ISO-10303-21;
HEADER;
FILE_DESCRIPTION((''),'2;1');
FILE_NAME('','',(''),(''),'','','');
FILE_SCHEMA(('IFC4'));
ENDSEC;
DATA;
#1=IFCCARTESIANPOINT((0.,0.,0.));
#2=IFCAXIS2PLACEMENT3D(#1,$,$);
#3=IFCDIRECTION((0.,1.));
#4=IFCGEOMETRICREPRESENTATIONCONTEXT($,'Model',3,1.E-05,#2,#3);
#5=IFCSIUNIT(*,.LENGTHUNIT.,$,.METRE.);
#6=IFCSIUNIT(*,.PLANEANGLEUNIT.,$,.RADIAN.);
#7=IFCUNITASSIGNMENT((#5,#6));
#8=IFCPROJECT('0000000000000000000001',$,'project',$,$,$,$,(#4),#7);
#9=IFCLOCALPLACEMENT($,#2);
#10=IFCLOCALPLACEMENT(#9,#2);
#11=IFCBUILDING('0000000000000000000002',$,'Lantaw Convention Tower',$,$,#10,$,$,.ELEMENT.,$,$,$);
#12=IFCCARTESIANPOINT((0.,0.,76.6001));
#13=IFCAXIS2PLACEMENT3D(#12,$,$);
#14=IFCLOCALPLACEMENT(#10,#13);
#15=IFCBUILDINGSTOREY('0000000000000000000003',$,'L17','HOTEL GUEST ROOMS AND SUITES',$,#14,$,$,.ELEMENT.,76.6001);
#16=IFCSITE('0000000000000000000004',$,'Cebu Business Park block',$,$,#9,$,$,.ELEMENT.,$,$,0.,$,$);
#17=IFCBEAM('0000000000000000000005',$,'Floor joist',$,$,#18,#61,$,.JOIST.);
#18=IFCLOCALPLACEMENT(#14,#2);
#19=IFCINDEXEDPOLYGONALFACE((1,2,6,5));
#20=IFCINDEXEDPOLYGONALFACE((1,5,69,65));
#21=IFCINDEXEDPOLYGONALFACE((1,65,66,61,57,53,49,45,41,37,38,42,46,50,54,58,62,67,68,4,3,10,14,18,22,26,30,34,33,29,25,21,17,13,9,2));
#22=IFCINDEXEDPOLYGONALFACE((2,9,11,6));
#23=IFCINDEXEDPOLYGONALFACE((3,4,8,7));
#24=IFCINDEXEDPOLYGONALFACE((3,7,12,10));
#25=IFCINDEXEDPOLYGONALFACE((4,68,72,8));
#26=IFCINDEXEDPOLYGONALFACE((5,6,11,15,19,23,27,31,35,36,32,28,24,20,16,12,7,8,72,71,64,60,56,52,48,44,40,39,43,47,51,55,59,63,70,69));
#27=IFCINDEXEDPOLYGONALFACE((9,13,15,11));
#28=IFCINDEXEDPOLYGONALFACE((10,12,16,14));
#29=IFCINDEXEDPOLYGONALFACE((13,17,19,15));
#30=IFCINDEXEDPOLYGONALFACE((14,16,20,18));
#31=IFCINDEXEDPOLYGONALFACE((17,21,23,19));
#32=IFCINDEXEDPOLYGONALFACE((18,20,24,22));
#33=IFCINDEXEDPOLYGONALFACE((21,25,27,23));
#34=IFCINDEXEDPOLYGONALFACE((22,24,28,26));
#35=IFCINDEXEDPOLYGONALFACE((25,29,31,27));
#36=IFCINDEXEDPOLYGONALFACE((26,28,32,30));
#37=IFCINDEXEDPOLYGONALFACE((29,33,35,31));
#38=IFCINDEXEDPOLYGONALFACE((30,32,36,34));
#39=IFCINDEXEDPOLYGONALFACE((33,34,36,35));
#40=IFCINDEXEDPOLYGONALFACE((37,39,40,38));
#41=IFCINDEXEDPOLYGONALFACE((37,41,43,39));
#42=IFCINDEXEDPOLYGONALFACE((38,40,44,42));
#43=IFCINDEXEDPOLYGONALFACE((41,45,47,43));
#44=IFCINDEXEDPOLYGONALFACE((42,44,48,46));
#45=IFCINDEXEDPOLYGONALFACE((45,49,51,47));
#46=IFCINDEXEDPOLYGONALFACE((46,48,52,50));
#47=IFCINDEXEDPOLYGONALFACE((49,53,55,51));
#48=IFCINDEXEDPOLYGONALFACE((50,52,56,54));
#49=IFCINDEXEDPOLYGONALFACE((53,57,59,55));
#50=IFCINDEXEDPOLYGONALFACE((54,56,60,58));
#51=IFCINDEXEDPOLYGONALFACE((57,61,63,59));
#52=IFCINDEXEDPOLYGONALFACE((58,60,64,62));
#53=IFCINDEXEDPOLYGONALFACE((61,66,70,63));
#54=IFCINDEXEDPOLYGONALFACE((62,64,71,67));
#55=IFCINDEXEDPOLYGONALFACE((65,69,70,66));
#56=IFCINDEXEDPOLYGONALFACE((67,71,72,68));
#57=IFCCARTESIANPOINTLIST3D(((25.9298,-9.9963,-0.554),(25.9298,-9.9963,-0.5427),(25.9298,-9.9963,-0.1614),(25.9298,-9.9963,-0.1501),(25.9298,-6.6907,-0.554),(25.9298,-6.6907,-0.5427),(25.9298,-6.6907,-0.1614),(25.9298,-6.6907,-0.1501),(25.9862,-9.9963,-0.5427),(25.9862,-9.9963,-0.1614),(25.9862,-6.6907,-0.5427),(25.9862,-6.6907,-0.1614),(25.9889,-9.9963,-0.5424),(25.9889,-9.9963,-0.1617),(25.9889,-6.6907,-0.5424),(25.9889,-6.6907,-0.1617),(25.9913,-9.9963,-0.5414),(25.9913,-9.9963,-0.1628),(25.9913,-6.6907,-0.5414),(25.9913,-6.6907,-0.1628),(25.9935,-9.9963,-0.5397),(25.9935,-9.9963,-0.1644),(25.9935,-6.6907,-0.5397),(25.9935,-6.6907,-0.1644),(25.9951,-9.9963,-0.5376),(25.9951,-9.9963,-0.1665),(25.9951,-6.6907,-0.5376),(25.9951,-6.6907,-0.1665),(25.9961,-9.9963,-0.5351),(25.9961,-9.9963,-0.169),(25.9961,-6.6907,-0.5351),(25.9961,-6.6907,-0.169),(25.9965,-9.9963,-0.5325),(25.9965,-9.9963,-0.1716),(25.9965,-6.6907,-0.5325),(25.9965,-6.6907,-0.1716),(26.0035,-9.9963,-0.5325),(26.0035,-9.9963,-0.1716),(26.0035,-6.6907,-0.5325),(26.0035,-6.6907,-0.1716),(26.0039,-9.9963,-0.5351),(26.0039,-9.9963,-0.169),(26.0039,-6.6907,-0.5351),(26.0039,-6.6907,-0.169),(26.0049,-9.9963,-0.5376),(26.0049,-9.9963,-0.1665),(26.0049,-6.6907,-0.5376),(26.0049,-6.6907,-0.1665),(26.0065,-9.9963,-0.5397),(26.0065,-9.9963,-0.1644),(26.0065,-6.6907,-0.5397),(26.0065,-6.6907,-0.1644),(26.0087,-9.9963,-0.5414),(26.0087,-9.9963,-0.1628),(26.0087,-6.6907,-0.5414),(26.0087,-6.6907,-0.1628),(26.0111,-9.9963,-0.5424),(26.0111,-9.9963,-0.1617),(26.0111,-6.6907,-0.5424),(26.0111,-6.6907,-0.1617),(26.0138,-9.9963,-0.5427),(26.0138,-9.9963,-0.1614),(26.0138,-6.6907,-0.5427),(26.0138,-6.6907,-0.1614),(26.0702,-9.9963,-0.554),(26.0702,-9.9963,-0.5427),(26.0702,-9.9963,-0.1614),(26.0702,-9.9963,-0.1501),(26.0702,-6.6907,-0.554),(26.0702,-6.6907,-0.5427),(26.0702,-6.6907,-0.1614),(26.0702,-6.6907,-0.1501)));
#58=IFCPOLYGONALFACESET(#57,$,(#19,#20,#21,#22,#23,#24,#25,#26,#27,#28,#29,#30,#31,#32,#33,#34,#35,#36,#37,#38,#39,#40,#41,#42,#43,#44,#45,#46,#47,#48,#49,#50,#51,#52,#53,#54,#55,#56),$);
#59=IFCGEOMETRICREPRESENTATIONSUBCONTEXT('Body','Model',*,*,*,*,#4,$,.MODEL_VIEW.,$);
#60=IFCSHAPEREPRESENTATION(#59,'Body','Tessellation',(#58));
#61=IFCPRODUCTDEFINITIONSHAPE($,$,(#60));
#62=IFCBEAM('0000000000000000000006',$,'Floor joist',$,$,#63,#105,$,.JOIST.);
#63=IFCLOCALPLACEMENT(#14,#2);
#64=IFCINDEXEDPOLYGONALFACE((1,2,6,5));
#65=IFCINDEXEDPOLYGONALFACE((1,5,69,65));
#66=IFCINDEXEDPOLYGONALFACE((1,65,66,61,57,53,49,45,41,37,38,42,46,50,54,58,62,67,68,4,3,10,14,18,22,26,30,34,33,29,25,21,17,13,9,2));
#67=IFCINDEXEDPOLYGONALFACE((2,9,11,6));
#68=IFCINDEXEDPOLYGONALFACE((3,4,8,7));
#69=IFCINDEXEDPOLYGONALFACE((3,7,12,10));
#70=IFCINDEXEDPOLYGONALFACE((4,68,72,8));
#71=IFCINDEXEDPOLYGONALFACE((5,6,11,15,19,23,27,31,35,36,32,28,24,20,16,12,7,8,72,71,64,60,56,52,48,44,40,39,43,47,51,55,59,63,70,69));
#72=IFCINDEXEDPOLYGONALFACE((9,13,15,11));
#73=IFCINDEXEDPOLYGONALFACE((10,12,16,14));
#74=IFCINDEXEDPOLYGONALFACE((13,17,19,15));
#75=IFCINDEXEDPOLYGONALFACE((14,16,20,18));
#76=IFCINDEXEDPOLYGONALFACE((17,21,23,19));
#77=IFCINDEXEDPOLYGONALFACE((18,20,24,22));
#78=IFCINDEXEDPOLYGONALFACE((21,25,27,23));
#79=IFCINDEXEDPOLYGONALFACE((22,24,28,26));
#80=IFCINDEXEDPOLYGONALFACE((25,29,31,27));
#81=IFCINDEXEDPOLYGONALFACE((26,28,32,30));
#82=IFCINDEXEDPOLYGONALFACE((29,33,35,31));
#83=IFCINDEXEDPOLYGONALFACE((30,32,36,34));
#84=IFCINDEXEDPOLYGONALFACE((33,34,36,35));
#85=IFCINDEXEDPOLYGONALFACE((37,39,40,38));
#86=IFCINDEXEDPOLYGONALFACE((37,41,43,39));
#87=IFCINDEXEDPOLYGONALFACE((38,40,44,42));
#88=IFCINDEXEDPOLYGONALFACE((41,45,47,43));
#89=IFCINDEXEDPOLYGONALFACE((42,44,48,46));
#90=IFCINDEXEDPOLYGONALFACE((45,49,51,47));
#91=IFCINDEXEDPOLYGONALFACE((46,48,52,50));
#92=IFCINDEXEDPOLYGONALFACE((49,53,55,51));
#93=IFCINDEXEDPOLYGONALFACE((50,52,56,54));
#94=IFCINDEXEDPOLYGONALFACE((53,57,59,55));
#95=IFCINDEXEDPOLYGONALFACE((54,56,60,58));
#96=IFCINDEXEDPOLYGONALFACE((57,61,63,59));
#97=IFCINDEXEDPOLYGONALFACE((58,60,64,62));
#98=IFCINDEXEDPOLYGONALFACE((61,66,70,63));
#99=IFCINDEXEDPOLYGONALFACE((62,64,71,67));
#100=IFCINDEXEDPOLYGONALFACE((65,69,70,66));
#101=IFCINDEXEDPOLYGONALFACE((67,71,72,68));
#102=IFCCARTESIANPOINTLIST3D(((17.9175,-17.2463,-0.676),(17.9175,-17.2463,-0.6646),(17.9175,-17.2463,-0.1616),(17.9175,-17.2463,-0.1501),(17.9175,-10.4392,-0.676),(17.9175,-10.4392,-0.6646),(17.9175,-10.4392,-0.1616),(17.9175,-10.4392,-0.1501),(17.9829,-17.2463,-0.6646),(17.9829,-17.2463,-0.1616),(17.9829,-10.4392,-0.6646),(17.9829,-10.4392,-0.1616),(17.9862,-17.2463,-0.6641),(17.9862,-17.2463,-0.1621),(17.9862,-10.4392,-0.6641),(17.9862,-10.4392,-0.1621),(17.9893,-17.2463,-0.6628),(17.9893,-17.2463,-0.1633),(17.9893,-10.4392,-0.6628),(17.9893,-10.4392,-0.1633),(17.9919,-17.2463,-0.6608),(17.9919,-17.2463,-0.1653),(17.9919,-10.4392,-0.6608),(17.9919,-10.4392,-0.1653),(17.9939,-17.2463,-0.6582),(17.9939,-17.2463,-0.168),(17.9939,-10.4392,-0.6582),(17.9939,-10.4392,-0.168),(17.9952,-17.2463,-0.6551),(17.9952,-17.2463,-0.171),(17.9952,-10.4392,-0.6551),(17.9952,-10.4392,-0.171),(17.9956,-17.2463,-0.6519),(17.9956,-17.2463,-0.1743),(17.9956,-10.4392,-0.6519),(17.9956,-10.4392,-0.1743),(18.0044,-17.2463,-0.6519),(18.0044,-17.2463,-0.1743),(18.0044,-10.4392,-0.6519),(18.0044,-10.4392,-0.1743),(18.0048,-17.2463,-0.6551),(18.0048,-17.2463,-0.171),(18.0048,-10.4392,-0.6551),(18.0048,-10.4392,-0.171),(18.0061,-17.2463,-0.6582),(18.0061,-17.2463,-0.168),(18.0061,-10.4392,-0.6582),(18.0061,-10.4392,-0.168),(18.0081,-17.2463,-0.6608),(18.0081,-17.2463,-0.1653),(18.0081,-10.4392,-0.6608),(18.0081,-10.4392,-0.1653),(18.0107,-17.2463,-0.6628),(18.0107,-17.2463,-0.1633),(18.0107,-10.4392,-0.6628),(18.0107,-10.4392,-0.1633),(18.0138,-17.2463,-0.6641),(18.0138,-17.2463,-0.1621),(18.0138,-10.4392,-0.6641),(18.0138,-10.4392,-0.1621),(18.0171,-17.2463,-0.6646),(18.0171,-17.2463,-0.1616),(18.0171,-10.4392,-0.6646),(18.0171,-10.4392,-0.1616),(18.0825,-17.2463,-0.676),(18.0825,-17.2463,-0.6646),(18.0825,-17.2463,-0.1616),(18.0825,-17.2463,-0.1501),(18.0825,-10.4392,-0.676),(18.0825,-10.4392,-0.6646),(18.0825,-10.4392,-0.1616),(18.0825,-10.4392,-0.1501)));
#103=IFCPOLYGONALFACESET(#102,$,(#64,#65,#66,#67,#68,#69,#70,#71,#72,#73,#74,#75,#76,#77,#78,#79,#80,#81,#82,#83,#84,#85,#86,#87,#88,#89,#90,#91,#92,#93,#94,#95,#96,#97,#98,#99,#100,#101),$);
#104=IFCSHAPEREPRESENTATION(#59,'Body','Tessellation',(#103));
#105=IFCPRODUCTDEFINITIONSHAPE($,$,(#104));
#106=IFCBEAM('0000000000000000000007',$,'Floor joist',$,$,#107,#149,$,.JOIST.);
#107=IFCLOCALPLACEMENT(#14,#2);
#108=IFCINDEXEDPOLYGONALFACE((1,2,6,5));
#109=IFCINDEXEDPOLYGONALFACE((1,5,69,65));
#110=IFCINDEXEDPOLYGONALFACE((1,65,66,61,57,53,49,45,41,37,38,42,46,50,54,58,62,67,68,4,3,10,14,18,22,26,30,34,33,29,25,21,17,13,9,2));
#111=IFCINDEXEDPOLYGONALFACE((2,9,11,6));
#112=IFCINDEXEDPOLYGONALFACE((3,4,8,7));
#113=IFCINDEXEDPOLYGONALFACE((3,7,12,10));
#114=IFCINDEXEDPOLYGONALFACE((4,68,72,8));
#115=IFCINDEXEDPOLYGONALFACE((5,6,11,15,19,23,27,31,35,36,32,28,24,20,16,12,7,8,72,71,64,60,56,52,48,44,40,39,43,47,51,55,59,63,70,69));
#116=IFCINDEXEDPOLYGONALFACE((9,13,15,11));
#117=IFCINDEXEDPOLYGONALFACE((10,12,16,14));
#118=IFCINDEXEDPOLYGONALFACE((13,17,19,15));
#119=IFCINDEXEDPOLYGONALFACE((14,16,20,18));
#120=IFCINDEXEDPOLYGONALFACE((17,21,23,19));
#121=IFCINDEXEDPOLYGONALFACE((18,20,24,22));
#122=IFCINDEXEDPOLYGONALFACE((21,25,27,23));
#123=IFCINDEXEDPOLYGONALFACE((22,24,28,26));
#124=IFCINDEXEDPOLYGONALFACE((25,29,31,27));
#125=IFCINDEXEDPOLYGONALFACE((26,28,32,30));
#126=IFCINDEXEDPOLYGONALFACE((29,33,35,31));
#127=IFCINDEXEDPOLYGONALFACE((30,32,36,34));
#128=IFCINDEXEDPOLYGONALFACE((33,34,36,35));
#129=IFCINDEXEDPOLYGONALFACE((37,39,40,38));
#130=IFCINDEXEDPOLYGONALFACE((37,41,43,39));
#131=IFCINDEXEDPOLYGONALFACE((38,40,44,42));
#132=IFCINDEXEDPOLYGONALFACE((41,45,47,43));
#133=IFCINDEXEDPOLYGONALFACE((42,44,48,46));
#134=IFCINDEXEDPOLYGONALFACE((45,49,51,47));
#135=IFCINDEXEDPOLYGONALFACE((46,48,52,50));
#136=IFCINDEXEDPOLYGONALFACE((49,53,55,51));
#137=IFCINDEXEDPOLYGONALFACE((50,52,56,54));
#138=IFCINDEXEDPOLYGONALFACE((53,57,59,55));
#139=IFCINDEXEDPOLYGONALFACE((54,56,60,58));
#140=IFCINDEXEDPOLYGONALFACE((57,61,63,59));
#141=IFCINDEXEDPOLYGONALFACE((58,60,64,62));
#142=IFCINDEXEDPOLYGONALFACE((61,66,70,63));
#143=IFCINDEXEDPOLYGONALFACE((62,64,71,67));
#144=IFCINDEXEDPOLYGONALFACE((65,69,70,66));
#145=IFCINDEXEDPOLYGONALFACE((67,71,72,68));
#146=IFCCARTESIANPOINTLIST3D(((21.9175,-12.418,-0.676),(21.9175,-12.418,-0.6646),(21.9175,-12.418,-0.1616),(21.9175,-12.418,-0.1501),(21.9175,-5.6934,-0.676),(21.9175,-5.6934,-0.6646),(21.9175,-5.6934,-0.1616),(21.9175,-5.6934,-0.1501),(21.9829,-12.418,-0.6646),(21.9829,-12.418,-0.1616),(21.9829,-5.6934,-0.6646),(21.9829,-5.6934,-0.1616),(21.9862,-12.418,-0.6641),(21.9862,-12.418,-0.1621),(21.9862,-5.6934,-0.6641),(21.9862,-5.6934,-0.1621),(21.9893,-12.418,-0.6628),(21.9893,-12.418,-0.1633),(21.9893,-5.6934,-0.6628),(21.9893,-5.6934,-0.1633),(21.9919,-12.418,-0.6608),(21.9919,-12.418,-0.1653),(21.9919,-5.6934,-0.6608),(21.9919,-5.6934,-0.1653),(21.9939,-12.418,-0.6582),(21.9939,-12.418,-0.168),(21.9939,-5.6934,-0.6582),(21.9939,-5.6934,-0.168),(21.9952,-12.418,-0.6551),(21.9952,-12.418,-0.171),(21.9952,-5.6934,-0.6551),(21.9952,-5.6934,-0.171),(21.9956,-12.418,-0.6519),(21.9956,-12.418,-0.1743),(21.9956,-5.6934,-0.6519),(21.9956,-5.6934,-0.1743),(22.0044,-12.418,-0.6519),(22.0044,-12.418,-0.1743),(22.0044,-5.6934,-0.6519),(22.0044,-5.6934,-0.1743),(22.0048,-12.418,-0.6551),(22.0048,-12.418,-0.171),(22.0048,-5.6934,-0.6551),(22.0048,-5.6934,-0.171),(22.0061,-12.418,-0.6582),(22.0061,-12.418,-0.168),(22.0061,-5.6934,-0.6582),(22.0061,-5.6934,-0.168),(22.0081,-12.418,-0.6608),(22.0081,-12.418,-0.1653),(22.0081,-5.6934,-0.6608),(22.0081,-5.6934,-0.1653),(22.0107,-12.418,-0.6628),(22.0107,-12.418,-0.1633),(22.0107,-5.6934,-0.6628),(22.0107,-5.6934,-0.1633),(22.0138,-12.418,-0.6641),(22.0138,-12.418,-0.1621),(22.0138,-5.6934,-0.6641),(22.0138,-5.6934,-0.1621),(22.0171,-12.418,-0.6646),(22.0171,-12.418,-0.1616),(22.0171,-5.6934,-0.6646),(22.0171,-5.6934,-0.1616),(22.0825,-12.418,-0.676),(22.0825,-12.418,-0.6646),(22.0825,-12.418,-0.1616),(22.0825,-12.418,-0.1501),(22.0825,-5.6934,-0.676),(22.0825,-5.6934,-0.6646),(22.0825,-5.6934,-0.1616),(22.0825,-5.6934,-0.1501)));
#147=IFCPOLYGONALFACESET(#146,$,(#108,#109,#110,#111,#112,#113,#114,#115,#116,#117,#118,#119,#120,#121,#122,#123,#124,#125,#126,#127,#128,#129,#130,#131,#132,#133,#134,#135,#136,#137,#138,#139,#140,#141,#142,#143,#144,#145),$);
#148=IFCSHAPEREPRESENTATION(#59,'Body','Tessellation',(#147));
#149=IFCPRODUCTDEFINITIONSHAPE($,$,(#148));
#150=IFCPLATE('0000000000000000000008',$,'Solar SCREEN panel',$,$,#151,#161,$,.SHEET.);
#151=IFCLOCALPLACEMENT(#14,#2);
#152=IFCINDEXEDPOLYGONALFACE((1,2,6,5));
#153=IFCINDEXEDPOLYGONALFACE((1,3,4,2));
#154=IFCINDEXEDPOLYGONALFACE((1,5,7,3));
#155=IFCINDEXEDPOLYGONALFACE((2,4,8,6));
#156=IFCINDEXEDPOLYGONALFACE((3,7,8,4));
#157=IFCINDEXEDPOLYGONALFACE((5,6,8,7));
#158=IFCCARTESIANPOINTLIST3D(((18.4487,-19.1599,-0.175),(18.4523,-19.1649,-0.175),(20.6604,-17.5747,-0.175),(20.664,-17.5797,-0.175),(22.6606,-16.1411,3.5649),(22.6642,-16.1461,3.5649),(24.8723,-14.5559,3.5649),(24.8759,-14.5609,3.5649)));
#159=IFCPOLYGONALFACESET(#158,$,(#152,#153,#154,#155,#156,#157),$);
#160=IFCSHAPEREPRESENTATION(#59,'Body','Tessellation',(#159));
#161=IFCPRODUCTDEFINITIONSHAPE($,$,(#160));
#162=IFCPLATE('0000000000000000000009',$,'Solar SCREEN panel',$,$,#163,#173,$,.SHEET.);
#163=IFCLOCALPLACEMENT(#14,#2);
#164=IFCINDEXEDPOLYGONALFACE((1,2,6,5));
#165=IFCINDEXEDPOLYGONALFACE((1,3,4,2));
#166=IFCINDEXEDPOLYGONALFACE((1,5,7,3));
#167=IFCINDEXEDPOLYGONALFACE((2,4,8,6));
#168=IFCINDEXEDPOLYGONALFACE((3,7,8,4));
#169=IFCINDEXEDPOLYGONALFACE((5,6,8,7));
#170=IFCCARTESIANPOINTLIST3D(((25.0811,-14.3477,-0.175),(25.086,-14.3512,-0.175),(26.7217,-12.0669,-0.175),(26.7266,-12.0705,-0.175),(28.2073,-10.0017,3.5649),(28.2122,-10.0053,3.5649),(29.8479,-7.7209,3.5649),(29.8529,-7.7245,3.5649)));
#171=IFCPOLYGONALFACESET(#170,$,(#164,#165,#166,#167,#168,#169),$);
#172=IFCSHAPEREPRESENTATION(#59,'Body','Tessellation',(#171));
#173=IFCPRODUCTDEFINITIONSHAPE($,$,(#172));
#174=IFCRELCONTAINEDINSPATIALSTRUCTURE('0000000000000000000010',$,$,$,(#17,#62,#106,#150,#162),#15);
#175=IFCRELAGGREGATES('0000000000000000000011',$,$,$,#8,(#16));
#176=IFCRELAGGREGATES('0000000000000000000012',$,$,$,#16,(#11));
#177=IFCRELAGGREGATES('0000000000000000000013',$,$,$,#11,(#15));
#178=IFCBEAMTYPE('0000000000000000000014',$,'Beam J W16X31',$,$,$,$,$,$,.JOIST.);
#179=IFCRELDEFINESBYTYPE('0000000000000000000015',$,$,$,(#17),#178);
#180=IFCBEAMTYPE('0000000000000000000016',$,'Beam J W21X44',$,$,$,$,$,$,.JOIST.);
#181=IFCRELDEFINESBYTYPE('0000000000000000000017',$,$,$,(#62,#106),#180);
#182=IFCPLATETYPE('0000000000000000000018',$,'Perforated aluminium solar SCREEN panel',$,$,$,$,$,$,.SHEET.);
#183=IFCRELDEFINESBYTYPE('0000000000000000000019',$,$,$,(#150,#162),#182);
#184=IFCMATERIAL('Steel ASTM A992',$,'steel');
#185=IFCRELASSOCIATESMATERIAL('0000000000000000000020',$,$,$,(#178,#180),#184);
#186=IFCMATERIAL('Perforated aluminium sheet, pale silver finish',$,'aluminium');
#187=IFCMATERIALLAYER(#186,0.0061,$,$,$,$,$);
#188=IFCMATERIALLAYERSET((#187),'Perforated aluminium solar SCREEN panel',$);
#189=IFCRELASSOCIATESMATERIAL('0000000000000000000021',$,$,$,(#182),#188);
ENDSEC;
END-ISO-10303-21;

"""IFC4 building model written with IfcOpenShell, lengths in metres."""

from ifc_helpers import new_model, si_unit, direction, frame, origin, origin_2d, place, context, subcontext, project, spatial, polyline, i_section, outline, extrude, material, layer, layer_set, material_profile, profile_set, type_object, element, save


model = new_model("IFC4")

# Units and contexts
model_context = context("Model", 3, precision=1e-05, world=origin(), true_north=direction((0.0, 1.0)))
body_context = subcontext(model_context, "Body", "Model", "MODEL_VIEW")
ifc_project = project(units=[si_unit("LENGTHUNIT", "METRE"), si_unit("PLANEANGLEUNIT", "RADIAN")], contexts=[model_context])

# Site, building, storey
site_placement = place(None, origin())
site = spatial("IfcSite", under=ifc_project, at=site_placement, Name="Cebu Business Park block", CompositionType="ELEMENT", RefElevation=0.0)
building_placement = place(site_placement, origin())
building = spatial("IfcBuilding", under=site, at=building_placement, Name="Lantaw Convention Tower", CompositionType="ELEMENT")
storey_placement = place(building_placement, frame((0.0, 0.0, 76.6001)))
storey = spatial("IfcBuildingStorey", under=building, at=storey_placement, Name="L17", Description="HOTEL GUEST ROOMS AND SUITES", CompositionType="ELEMENT", Elevation=76.6001)

# Beams
ifc_material_1 = material(Name="Steel ASTM A992", Category="steel")
ifc_material_profile_1 = material_profile(ifc_material_1, i_section(OverallWidth=0.1404, OverallDepth=0.4038, WebThickness=0.0071, FlangeThickness=0.0112, FilletRadius=0.0103, at=origin_2d()), Name="W16X31")
ifc_profile_set_1 = profile_set([ifc_material_profile_1], Name="Steel ASTM A992")
beam_type_1 = type_object("IfcBeamType", Name="Beam J W16X31", PredefinedType="JOIST", material=ifc_profile_set_1)
beam_1_placement = place(storey_placement, frame((26.0, -9.9963, -0.3521), z_axis=(0.0, 1.0, 0.0), x_axis=(-1.0, 0.0, 0.0)))
element("IfcBeam", 1, at=beam_1_placement, inside=storey, type_object=beam_type_1, Name="Floor joist", PredefinedType="JOIST", context=body_context, shape_type="SweptSolid", body=[
    extrude(i_section(OverallWidth=0.1404, OverallDepth=0.4038, WebThickness=0.0071, FlangeThickness=0.0112, FilletRadius=0.0103, at=origin_2d()), origin(), (0.0, 0.0, 1.0), 3.3057),
])
ifc_material_profile_2 = material_profile(ifc_material_1, i_section(OverallWidth=0.165, OverallDepth=0.5259, WebThickness=0.0088, FlangeThickness=0.0115, FilletRadius=0.0127, at=origin_2d()), Name="W21X44")
ifc_profile_set_2 = profile_set([ifc_material_profile_2], Name="Steel ASTM A992")
beam_type_2 = type_object("IfcBeamType", Name="Beam J W21X44", PredefinedType="JOIST", material=ifc_profile_set_2)
beam_2_placement = place(storey_placement, frame((18.0, -17.2463, -0.4131), z_axis=(0.0, 1.0, 0.0), x_axis=(-1.0, 0.0, 0.0)))
element("IfcBeam", 2, at=beam_2_placement, inside=storey, type_object=beam_type_2, Name="Floor joist", PredefinedType="JOIST", context=body_context, shape_type="SweptSolid", body=[
    extrude(i_section(OverallWidth=0.165, OverallDepth=0.5259, WebThickness=0.0088, FlangeThickness=0.0115, FilletRadius=0.0127, at=origin_2d()), origin(), (0.0, 0.0, 1.0), 6.8071),
])
beam_3_placement = place(storey_placement, frame((22.0, -12.418, -0.4131), z_axis=(0.0, 1.0, 0.0), x_axis=(-1.0, 0.0, 0.0)))
element("IfcBeam", 3, at=beam_3_placement, inside=storey, type_object=beam_type_2, Name="Floor joist", PredefinedType="JOIST", context=body_context, shape_type="SweptSolid", body=[
    extrude(i_section(OverallWidth=0.165, OverallDepth=0.5259, WebThickness=0.0088, FlangeThickness=0.0115, FilletRadius=0.0127, at=origin_2d()), origin(), (0.0, 0.0, 1.0), 6.7246),
])

# Plates
ifc_material_2 = material(Name="Perforated aluminium sheet, pale silver finish", Category="aluminium")
ifc_layer_1 = layer(ifc_material_2, 0.0061)
ifc_layer_set_1 = layer_set([ifc_layer_1], Name="Perforated aluminium solar SCREEN panel")
plate_type = type_object("IfcPlateType", Name="Perforated aluminium solar SCREEN panel", PredefinedType="SHEET", material=ifc_layer_set_1)
plate_1_placement = place(storey_placement, frame((18.4487, -19.1599, -0.175), z_axis=(-0.582561, 0.812787, 0.000016), x_axis=(0.812787, 0.582561, 0.0)))
element("IfcPlate", 4, at=plate_1_placement, inside=storey, type_object=plate_type, Name="Solar SCREEN panel", PredefinedType="SHEET", context=body_context, shape_type="SweptSolid", body=[
    extrude(outline(polyline([(0.0, 0.0), (2.7211, 0.0), (7.9031, -3.74), (5.182, -3.74), (0.0, 0.0)])), origin(), (0.0, 0.0, -1.0), 0.0061),
])
plate_2_placement = place(storey_placement, frame((25.0811, -14.3477, -0.175), z_axis=(-0.811791, 0.583948, 0.000009), x_axis=(0.583948, 0.811791, 0.0)))
element("IfcPlate", 5, at=plate_2_placement, inside=storey, type_object=plate_type, Name="Solar SCREEN panel", PredefinedType="SHEET", context=body_context, shape_type="SweptSolid", body=[
    extrude(outline(polyline([(0.0, 0.0), (2.8095, 0.0), (8.1631, -3.74), (5.3536, -3.74), (0.0, 0.0)])), origin(), (0.0, 0.0, -1.0), 0.0061),
])

save(model, "model.ifc")
